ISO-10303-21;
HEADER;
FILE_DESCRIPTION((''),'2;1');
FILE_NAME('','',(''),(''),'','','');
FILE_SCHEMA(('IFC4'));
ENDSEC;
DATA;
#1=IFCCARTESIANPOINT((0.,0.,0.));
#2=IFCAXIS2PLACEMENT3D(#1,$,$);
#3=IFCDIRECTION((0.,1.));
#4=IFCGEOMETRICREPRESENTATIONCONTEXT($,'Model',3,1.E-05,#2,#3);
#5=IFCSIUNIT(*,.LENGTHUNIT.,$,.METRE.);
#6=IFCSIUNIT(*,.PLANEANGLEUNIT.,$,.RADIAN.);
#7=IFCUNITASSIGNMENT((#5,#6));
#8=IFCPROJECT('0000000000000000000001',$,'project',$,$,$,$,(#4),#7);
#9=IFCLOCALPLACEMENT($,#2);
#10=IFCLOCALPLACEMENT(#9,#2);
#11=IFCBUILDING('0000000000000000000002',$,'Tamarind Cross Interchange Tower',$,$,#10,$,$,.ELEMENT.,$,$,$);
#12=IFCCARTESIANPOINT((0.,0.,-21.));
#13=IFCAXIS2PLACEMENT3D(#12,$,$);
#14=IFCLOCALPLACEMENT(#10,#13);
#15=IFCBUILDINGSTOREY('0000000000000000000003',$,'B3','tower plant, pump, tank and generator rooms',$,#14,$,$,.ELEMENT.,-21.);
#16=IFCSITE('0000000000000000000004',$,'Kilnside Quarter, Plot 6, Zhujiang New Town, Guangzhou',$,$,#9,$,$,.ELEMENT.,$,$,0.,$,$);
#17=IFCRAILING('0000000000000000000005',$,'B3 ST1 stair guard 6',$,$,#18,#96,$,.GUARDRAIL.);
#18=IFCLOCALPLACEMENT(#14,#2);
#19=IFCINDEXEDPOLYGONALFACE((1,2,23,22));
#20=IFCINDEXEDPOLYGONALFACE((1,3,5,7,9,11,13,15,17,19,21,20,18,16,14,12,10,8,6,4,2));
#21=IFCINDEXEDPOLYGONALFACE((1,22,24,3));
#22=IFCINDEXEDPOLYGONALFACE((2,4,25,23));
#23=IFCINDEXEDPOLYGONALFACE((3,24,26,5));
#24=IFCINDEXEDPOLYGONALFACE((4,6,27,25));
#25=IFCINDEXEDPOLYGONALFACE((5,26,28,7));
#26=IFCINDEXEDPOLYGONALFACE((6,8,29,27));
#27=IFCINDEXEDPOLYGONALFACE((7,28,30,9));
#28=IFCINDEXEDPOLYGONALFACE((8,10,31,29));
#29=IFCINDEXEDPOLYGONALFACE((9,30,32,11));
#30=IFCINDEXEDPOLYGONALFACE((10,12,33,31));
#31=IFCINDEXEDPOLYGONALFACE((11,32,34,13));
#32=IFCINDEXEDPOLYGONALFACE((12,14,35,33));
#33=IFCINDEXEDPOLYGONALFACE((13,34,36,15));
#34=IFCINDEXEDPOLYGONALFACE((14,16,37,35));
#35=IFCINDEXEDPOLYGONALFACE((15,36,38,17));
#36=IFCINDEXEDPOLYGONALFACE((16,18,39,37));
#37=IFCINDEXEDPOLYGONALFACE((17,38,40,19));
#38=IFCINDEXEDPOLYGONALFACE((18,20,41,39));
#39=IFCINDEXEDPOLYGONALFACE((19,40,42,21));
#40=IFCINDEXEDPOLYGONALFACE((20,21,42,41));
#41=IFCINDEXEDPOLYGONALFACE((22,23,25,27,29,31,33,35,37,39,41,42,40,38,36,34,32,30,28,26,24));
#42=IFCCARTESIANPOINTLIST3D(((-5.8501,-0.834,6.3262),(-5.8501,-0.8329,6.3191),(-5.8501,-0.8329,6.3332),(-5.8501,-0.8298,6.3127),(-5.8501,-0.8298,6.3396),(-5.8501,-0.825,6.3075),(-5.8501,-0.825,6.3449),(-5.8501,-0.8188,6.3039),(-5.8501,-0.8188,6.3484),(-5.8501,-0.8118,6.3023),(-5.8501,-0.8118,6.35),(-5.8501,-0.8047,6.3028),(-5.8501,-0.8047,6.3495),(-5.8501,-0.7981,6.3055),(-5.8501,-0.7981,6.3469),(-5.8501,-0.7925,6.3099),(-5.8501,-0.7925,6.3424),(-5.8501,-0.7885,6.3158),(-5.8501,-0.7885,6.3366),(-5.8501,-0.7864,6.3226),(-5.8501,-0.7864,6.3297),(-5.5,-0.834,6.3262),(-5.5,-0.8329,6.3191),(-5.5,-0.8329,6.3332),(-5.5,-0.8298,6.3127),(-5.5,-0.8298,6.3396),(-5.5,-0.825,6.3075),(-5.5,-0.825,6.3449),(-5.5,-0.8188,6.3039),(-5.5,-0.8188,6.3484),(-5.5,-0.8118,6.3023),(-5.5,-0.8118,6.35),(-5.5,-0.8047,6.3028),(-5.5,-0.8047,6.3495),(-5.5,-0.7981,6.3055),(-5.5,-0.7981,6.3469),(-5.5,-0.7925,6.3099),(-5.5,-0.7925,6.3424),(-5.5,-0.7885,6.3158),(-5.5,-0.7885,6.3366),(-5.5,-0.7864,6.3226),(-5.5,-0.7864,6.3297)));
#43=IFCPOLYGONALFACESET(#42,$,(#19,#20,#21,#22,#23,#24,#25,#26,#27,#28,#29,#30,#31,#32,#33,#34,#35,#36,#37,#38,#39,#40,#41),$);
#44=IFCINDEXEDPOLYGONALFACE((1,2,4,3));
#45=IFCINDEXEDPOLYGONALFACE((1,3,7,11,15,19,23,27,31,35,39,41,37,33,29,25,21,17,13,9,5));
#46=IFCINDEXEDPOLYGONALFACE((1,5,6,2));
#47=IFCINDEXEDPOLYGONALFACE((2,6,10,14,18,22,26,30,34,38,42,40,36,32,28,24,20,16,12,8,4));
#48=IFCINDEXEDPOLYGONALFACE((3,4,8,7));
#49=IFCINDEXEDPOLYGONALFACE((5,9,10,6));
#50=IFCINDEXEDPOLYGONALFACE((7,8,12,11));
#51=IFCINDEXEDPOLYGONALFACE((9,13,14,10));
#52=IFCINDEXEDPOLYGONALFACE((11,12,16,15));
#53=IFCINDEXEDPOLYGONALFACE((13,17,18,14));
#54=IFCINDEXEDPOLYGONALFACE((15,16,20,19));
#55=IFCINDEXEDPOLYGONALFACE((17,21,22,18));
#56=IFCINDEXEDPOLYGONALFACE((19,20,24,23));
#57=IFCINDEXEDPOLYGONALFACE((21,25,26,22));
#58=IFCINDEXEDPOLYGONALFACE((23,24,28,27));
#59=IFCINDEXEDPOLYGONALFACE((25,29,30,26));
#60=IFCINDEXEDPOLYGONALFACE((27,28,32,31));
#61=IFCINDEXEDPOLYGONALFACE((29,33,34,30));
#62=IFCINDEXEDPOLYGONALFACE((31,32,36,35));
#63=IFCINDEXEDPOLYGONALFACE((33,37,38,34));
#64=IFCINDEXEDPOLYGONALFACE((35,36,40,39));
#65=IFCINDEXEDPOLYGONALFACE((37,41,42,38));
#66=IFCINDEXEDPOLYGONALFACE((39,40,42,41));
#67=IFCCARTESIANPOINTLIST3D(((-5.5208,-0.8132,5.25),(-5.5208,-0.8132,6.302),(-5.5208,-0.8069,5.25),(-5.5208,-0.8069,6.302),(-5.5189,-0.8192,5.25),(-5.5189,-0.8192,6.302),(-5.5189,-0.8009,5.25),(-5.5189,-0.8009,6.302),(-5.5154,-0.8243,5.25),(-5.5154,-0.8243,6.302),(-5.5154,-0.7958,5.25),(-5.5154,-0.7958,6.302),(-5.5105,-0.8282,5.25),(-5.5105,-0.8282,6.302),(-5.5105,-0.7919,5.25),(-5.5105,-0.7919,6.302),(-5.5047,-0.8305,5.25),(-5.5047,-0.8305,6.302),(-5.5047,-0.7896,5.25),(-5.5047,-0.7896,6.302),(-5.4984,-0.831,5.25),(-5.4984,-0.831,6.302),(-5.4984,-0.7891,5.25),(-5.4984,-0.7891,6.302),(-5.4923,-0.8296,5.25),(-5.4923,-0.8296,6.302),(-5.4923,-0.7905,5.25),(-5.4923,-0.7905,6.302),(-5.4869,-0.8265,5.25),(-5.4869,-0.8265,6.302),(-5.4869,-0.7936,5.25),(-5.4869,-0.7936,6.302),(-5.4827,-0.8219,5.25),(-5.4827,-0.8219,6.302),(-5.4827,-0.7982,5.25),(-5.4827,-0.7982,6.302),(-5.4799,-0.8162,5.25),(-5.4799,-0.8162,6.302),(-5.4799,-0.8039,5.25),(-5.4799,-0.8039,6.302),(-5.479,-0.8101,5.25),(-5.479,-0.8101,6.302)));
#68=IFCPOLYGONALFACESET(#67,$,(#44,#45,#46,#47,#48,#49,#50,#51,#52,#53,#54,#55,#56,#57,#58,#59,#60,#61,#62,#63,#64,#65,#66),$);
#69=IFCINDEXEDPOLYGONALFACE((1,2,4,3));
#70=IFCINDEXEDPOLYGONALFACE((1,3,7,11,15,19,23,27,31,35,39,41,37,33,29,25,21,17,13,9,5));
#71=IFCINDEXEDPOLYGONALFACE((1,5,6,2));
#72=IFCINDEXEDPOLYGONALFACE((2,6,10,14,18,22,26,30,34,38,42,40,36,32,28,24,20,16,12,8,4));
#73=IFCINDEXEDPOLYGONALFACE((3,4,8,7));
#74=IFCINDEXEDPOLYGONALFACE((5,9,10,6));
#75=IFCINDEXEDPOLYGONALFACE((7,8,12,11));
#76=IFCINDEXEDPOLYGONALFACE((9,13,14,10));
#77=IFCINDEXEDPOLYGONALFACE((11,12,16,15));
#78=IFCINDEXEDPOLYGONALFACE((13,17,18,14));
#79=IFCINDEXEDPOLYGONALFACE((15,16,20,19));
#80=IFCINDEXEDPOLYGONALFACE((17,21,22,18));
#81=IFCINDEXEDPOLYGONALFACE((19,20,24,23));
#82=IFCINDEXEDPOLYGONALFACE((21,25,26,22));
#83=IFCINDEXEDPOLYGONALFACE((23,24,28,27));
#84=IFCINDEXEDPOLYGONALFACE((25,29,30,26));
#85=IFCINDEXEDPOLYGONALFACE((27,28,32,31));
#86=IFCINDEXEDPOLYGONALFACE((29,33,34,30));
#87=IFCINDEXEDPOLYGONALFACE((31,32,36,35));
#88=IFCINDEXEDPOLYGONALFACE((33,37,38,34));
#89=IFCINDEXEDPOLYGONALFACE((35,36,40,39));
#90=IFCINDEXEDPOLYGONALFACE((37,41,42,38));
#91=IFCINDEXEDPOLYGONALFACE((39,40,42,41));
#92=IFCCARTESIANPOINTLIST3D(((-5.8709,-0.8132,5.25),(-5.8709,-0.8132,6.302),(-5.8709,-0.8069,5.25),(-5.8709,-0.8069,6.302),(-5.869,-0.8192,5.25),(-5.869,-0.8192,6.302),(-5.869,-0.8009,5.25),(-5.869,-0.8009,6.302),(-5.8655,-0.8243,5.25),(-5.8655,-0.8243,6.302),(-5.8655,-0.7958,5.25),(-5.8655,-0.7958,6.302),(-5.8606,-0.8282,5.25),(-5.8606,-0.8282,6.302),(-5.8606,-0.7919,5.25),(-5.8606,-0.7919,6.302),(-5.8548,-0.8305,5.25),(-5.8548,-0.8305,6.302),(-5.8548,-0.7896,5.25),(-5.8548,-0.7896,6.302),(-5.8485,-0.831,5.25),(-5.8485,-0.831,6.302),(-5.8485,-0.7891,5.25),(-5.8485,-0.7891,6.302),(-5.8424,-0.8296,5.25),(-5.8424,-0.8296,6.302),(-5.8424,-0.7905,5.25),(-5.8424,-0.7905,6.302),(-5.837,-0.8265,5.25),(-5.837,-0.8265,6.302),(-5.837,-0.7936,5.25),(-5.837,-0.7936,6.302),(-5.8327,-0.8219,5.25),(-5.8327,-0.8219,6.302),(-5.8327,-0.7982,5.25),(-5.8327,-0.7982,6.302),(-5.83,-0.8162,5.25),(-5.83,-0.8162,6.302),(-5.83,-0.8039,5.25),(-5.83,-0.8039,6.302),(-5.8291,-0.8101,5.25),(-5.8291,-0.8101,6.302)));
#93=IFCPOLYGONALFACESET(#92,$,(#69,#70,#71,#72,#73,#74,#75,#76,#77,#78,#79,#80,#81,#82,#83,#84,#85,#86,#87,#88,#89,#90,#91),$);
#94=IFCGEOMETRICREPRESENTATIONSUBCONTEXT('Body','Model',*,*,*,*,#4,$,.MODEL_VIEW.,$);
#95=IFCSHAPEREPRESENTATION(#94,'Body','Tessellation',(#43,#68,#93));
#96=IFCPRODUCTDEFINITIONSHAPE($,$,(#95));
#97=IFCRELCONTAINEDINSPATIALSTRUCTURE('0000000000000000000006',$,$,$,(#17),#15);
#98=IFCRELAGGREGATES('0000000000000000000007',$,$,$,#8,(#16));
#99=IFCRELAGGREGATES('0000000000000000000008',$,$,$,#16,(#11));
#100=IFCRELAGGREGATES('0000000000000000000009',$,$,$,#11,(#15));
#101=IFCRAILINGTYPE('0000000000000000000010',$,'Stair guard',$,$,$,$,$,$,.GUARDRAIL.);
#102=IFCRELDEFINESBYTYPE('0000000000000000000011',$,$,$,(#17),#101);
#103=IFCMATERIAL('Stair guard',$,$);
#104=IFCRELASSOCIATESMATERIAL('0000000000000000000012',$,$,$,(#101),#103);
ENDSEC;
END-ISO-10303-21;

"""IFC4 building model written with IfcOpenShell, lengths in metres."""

from ifc_helpers import new_model, si_unit, direction, frame, origin, origin_2d, place, context, subcontext, project, spatial, circle, extrude, material, type_object, element, save


model = new_model("IFC4")

# Units and contexts
model_context = context("Model", 3, precision=1e-05, world=origin(), true_north=direction((0.0, 1.0)))
body_context = subcontext(model_context, "Body", "Model", "MODEL_VIEW")
ifc_project = project(units=[si_unit("LENGTHUNIT", "METRE"), si_unit("PLANEANGLEUNIT", "RADIAN")], contexts=[model_context])

# Site, building, storey
site_placement = place(None, origin())
site = spatial("IfcSite", under=ifc_project, at=site_placement, Name="Kilnside Quarter, Plot 6, Zhujiang New Town, Guangzhou", CompositionType="ELEMENT", RefElevation=0.0)
building_placement = place(site_placement, origin())
building = spatial("IfcBuilding", under=site, at=building_placement, Name="Tamarind Cross Interchange Tower", CompositionType="ELEMENT")
storey_placement = place(building_placement, frame((0.0, 0.0, -21.0)))
storey = spatial("IfcBuildingStorey", under=building, at=storey_placement, Name="B3", Description="tower plant, pump, tank and generator rooms", CompositionType="ELEMENT", Elevation=-21.0)

# Railing
ifc_material_1 = material(Name="Stair guard")
railing_type_1 = type_object("IfcRailingType", Name="Stair guard", PredefinedType="GUARDRAIL", material=ifc_material_1)
railing_1_placement = place(storey_placement, frame((-5.5, -0.8101, 5.25)))
element("IfcRailing", 1, at=railing_1_placement, inside=storey, type_object=railing_type_1, Name="B3 ST1 stair guard 6", PredefinedType="GUARDRAIL", context=body_context, shape_type="SweptSolid", body=[
    extrude(circle(Radius=0.0239, at=origin_2d()), frame((0.0, 0.0, 1.0762), z_axis=(-1.0, 0.0, 0.0), x_axis=(0.0, -1.0, 0.0)), (0.0, 0.0, 1.0), 0.3501),
    extrude(circle(Radius=0.021, at=origin_2d()), origin(), (0.0, 0.0, 1.0), 1.052),
    extrude(circle(Radius=0.021, at=origin_2d()), frame((-0.3501, 0.0, 0.0)), (0.0, 0.0, 1.0), 1.052),
])

save(model, "model.ifc")
